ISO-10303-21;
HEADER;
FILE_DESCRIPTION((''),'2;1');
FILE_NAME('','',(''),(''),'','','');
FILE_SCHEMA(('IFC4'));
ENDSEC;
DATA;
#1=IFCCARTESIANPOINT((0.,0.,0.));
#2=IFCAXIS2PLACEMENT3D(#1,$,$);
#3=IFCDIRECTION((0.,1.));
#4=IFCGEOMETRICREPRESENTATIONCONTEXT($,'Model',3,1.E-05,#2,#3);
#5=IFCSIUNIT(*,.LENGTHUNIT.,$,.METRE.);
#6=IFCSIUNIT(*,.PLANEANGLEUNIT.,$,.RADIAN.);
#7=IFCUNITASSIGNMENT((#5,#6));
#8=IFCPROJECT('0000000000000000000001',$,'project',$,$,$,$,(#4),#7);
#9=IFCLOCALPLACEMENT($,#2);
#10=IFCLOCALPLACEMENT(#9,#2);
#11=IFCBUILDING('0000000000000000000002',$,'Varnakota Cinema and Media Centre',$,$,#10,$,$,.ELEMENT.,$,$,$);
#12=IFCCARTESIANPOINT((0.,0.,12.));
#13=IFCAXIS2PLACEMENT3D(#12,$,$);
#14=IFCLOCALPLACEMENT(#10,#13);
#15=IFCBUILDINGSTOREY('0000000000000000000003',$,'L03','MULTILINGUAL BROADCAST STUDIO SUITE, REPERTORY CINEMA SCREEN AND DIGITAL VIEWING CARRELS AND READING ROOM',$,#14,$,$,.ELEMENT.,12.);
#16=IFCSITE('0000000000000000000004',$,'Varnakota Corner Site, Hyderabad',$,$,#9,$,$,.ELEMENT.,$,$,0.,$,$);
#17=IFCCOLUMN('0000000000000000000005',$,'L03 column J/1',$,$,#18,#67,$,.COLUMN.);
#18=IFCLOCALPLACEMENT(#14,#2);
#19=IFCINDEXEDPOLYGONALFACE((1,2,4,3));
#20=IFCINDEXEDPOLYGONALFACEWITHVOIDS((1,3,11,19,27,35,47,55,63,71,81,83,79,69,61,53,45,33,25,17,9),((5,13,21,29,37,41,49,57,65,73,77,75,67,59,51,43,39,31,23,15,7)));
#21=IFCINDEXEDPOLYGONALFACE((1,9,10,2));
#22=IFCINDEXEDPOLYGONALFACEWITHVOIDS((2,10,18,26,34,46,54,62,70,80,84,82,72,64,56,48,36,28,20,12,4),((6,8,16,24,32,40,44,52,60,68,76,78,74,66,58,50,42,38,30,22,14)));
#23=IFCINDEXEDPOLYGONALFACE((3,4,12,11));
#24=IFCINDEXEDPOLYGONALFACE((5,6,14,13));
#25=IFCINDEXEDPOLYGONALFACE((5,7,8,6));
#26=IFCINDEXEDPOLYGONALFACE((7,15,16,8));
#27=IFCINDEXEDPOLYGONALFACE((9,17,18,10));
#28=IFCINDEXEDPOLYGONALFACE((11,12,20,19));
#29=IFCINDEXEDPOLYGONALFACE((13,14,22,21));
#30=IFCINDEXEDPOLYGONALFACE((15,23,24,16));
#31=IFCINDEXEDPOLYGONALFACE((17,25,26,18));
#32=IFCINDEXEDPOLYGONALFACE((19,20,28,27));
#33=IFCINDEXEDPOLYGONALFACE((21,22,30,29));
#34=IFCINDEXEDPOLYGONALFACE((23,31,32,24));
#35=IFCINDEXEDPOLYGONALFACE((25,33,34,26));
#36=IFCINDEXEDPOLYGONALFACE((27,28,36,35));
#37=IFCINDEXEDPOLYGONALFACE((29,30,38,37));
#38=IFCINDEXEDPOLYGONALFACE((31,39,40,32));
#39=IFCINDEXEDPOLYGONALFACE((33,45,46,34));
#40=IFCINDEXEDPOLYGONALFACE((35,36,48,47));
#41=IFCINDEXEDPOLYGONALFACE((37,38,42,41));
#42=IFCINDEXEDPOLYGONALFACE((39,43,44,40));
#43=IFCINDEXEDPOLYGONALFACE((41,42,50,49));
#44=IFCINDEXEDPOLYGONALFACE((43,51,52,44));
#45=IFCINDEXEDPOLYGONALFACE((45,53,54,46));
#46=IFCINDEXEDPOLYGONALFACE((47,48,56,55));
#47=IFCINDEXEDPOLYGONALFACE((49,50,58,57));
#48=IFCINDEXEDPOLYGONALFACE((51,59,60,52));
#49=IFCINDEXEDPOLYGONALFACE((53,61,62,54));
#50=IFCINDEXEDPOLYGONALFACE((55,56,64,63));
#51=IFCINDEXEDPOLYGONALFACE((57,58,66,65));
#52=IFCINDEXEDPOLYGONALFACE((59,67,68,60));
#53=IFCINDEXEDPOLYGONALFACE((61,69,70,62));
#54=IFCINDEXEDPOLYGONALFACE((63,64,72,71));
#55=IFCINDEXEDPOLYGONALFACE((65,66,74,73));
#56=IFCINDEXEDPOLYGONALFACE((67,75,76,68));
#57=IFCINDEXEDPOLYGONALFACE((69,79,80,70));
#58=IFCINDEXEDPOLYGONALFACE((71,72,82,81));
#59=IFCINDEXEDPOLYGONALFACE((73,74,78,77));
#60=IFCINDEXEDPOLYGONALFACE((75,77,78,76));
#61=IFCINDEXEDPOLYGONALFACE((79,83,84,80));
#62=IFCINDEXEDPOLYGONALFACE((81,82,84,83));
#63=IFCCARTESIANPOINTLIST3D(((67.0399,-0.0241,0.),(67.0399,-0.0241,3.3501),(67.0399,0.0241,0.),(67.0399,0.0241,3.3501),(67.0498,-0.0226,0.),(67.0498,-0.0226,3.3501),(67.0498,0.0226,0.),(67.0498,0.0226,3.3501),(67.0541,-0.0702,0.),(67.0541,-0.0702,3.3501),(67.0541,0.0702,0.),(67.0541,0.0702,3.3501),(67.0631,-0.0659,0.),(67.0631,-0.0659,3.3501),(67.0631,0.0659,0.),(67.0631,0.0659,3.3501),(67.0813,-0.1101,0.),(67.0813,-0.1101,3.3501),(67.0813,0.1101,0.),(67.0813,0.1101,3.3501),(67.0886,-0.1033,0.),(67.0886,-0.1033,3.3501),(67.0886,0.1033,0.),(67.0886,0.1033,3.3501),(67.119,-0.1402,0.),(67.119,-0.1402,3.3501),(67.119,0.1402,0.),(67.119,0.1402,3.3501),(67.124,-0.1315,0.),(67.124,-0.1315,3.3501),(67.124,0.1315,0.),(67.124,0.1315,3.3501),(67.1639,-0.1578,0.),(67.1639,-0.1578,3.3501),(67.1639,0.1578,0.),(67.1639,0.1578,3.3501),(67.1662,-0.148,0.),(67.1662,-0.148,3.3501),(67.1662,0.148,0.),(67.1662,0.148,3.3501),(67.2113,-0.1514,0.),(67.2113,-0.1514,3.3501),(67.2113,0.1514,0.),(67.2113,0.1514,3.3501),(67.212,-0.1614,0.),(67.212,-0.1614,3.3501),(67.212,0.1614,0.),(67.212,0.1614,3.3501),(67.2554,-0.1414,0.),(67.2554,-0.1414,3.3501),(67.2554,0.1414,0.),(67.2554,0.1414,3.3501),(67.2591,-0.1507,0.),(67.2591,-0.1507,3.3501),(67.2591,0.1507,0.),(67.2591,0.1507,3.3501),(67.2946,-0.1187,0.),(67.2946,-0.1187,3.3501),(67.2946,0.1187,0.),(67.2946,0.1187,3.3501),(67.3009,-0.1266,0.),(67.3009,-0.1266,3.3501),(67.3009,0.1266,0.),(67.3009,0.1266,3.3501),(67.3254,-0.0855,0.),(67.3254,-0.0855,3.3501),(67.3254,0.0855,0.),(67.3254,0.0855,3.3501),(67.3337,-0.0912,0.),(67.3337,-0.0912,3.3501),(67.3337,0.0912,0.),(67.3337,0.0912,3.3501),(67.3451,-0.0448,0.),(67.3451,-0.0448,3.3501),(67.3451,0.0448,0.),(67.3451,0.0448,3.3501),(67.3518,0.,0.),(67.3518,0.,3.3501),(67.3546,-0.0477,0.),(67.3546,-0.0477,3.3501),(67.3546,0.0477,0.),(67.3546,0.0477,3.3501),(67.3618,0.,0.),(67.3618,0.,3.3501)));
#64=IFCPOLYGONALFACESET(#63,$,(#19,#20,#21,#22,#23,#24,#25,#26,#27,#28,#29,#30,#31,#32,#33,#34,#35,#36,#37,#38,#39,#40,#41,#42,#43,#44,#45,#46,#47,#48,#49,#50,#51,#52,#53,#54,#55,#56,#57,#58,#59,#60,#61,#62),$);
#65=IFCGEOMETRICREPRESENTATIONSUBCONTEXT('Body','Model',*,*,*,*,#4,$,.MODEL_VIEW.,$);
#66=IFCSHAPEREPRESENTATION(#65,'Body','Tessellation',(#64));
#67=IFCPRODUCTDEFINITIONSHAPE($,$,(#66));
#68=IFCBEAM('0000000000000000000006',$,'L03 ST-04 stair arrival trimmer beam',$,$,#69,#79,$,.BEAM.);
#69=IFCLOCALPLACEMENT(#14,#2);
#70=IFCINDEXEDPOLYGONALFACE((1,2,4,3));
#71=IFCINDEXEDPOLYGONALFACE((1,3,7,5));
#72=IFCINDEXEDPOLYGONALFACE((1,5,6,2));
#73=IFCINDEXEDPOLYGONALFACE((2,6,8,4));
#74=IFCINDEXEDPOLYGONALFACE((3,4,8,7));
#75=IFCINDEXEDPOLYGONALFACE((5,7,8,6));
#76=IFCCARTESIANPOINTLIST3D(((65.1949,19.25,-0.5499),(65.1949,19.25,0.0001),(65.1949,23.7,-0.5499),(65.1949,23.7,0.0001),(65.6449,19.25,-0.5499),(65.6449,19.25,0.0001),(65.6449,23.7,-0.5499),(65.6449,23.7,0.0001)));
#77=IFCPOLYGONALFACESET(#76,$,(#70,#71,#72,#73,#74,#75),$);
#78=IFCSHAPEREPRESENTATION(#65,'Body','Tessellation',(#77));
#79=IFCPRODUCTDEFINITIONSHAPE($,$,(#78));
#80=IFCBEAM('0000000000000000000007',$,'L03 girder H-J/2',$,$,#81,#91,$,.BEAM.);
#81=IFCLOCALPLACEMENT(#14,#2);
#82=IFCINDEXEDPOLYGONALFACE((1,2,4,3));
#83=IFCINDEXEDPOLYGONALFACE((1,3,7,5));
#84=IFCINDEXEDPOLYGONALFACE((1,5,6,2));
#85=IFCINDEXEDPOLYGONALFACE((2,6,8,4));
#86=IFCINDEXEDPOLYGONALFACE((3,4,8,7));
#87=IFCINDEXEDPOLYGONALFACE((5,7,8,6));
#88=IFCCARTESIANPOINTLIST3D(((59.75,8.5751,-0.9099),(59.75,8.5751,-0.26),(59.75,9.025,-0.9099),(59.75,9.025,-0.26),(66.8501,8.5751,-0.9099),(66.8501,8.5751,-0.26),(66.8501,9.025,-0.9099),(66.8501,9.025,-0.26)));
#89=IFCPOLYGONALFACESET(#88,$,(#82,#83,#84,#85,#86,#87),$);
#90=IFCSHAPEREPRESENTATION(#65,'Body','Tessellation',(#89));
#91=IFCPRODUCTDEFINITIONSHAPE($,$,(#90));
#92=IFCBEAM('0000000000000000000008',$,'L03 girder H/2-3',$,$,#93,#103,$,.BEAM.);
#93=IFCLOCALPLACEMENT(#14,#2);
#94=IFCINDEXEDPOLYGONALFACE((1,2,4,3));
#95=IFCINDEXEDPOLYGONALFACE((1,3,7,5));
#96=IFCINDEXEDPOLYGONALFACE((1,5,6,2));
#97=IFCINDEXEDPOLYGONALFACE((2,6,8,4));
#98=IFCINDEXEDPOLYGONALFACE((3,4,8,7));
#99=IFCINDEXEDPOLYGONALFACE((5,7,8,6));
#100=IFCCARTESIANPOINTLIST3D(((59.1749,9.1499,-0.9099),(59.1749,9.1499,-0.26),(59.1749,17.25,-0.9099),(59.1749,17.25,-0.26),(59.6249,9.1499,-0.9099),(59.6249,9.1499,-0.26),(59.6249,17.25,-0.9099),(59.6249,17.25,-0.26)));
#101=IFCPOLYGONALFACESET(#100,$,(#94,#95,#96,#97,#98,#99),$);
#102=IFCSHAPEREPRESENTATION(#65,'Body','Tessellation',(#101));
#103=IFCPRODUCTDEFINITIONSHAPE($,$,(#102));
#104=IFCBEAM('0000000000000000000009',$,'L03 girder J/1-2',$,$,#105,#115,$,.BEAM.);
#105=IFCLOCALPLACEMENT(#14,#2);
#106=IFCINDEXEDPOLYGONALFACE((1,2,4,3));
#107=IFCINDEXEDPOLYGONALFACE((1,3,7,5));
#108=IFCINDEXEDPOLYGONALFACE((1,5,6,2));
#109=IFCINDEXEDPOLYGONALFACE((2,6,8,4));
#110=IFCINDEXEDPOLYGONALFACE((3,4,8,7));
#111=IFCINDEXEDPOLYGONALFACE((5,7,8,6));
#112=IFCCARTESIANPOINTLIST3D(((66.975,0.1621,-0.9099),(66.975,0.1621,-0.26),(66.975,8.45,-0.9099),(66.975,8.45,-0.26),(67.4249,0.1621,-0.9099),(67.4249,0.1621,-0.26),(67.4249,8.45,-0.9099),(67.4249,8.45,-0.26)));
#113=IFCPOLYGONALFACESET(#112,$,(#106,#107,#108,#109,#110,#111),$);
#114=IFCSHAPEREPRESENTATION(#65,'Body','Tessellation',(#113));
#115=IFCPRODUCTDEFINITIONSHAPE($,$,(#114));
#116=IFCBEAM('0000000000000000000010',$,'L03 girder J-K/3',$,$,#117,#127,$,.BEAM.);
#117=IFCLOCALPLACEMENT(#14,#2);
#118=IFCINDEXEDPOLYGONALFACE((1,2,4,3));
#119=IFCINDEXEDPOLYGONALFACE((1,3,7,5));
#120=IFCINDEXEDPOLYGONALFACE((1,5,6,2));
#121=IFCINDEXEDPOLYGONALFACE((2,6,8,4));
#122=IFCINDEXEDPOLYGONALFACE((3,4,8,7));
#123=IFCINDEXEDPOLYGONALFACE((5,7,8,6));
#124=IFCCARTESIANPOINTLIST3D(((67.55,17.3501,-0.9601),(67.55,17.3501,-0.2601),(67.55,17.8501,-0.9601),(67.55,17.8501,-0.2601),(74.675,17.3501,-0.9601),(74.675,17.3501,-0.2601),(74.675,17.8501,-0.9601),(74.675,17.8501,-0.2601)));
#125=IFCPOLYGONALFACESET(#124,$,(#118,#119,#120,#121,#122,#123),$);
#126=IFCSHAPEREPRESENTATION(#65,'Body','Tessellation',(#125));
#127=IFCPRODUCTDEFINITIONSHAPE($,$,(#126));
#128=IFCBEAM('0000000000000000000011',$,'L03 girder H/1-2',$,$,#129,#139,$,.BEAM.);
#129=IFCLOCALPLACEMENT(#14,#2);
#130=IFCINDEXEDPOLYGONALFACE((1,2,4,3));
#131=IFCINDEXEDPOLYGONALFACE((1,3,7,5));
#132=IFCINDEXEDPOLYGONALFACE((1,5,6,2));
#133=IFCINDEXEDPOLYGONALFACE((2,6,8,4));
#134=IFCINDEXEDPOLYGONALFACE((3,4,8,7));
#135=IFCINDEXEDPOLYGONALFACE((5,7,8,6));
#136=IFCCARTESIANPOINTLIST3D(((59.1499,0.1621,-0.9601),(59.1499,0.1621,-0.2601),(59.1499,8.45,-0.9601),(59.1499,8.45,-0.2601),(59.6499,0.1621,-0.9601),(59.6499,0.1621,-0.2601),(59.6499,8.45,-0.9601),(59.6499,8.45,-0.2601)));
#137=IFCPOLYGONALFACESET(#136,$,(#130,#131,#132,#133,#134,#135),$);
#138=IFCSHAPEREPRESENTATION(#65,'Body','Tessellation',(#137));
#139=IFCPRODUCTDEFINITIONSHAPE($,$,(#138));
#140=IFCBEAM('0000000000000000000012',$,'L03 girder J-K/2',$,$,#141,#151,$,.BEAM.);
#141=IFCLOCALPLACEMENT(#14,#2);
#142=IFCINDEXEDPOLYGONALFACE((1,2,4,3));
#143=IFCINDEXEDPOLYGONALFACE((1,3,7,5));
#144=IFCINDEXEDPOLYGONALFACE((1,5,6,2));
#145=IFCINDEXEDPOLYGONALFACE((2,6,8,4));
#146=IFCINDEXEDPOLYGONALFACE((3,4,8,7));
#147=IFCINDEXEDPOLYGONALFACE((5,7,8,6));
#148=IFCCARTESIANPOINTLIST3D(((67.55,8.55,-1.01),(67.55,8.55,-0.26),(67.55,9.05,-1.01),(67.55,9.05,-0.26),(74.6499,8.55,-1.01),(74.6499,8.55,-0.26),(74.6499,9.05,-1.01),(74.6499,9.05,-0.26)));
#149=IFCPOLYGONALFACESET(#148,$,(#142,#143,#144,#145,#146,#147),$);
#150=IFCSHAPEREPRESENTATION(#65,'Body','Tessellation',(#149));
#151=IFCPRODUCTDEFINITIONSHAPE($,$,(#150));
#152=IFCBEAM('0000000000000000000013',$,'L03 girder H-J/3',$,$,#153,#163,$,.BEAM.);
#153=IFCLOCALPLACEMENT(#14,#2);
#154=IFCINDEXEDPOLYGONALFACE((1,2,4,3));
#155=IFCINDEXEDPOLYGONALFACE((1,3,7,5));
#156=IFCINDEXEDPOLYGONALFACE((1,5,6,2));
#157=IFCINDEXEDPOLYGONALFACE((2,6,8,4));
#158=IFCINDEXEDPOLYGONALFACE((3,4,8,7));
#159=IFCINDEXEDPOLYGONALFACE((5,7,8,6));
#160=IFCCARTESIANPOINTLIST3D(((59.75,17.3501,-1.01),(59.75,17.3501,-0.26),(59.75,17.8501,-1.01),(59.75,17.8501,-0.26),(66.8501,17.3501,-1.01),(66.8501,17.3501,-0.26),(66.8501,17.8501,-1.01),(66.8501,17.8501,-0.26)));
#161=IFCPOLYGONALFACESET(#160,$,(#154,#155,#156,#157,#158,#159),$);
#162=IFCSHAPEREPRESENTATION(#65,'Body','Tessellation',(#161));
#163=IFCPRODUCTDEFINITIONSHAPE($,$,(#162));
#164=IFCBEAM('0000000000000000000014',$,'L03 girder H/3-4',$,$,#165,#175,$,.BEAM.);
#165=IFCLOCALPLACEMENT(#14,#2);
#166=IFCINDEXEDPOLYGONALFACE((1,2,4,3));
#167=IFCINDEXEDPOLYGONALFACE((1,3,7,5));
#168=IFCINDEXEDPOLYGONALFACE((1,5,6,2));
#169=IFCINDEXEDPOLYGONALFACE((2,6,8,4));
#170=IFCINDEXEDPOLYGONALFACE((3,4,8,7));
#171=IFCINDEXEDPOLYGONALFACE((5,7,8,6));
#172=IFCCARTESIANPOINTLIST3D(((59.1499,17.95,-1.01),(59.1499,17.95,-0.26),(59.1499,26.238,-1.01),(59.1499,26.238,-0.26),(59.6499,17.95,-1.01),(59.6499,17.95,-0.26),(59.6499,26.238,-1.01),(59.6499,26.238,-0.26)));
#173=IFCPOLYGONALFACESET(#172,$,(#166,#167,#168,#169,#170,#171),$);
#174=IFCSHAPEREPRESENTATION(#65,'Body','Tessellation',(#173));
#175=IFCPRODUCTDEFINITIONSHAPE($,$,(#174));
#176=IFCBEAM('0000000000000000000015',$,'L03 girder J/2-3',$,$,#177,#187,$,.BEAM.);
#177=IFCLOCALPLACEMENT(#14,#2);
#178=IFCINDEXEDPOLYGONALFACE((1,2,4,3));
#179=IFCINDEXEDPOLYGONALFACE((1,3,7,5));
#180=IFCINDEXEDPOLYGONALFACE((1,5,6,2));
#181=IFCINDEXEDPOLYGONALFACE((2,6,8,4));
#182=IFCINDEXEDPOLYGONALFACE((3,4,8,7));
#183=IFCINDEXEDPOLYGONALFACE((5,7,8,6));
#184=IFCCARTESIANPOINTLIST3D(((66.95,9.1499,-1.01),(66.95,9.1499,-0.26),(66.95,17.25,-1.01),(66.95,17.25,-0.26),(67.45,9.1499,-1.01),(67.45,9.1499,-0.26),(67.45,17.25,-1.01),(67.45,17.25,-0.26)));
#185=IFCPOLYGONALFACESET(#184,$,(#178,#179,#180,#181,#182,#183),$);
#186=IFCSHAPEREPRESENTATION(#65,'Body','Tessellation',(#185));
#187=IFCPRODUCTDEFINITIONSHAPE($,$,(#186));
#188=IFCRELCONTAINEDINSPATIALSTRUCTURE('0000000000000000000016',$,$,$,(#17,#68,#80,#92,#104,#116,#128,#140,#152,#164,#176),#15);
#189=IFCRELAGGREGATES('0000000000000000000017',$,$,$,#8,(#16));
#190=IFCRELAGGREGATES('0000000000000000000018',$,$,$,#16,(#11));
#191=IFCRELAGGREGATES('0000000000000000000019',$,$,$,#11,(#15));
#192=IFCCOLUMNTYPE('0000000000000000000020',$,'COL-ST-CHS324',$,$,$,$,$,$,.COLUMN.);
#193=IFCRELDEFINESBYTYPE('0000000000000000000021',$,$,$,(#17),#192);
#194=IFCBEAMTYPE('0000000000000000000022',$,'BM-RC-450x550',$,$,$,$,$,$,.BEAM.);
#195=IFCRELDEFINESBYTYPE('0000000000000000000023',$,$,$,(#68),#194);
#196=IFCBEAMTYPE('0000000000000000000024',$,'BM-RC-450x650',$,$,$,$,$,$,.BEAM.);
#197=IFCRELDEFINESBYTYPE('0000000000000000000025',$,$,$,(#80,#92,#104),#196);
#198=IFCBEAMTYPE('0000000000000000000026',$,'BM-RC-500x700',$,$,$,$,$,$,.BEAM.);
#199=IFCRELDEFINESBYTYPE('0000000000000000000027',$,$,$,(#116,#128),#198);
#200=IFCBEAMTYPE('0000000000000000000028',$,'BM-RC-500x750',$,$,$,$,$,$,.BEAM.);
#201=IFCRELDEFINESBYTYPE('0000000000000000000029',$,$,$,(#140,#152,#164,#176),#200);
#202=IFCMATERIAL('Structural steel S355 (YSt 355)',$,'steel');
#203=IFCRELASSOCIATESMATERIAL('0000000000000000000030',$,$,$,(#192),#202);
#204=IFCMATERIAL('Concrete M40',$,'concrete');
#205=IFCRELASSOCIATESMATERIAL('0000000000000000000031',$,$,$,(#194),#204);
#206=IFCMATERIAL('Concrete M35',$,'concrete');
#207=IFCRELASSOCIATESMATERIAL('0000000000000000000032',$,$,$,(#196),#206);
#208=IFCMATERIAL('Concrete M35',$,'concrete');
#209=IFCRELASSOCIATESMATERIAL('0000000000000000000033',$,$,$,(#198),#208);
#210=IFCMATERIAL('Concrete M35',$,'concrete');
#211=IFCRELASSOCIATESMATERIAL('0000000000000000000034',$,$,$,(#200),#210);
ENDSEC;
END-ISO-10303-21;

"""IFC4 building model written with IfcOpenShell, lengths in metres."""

from ifc_helpers import new_model, si_unit, direction, frame, origin, origin_2d, place, context, subcontext, project, spatial, rectangle, hollow_circle, extrude, material, material_profile, profile_set, type_object, element, save


model = new_model("IFC4")

# Units and contexts
model_context = context("Model", 3, precision=1e-05, world=origin(), true_north=direction((0.0, 1.0)))
body_context = subcontext(model_context, "Body", "Model", "MODEL_VIEW")
ifc_project = project(units=[si_unit("LENGTHUNIT", "METRE"), si_unit("PLANEANGLEUNIT", "RADIAN")], contexts=[model_context])

# Site, building, storey
site_placement = place(None, origin())
site = spatial("IfcSite", under=ifc_project, at=site_placement, Name="Varnakota Corner Site, Hyderabad", CompositionType="ELEMENT", RefElevation=0.0)
building_placement = place(site_placement, origin())
building = spatial("IfcBuilding", under=site, at=building_placement, Name="Varnakota Cinema and Media Centre", CompositionType="ELEMENT")
storey_placement = place(building_placement, frame((0.0, 0.0, 12.0)))
storey = spatial("IfcBuildingStorey", under=building, at=storey_placement, Name="L03", Description="MULTILINGUAL BROADCAST STUDIO SUITE, REPERTORY CINEMA SCREEN AND DIGITAL VIEWING CARRELS AND READING ROOM", CompositionType="ELEMENT", Elevation=12.0)

# Column
ifc_material_1 = material(Name="Structural steel S355 (YSt 355)", Category="steel")
ifc_material_profile_1 = material_profile(ifc_material_1, hollow_circle(Radius=0.1619, WallThickness=0.01, at=origin_2d()), Name="CHS 323.9x10.0")
ifc_profile_set_1 = profile_set([ifc_material_profile_1], Name="Structural steel S355 (YSt 355)")
column_type_1 = type_object("IfcColumnType", Name="COL-ST-CHS324", PredefinedType="COLUMN", material=ifc_profile_set_1)
column_placement = place(storey_placement, frame((67.2, 0.0, 0.0), z_axis=(0.0, 0.0, 1.0), x_axis=(1.0, 0.0, 0.0)))
element("IfcColumn", 1, at=column_placement, inside=storey, type_object=column_type_1, Name="L03 column J/1", PredefinedType="COLUMN", context=body_context, shape_type="SweptSolid", body=[
    extrude(hollow_circle(Radius=0.1619, WallThickness=0.01, at=origin_2d()), origin(), (0.0, 0.0, 1.0), 3.3501),
])

# Beams
ifc_material_2 = material(Name="Concrete M40", Category="concrete")
ifc_material_profile_2 = material_profile(ifc_material_2, rectangle(XDim=0.45, YDim=0.55, at=origin_2d()), Name="RCB 450x550")
ifc_profile_set_2 = profile_set([ifc_material_profile_2], Name="Concrete M40")
beam_type_1 = type_object("IfcBeamType", Name="BM-RC-450x550", PredefinedType="BEAM", material=ifc_profile_set_2)
beam_1_placement = place(storey_placement, frame((65.4199, 19.25, -0.2749), z_axis=(0.0, 1.0, 0.0), x_axis=(-1.0, 0.0, 0.0)))
element("IfcBeam", 2, at=beam_1_placement, inside=storey, type_object=beam_type_1, Name="L03 ST-04 stair arrival trimmer beam", PredefinedType="BEAM", context=body_context, shape_type="SweptSolid", body=[
    extrude(rectangle(XDim=0.45, YDim=0.55, at=origin_2d()), origin(), (0.0, 0.0, 1.0), 4.45),
])
ifc_material_3 = material(Name="Concrete M35", Category="concrete")
ifc_material_profile_3 = material_profile(ifc_material_3, rectangle(XDim=0.45, YDim=0.6499, at=origin_2d()), Name="RCB 450x650")
ifc_profile_set_3 = profile_set([ifc_material_profile_3], Name="Concrete M35")
beam_type_2 = type_object("IfcBeamType", Name="BM-RC-450x650", PredefinedType="BEAM", material=ifc_profile_set_3)
beam_2_placement = place(storey_placement, frame((59.75, 8.8, -0.585), z_axis=(1.0, 0.0, 0.0), x_axis=(0.0, 1.0, 0.0)))
element("IfcBeam", 3, at=beam_2_placement, inside=storey, type_object=beam_type_2, Name="L03 girder H-J/2", PredefinedType="BEAM", context=body_context, shape_type="SweptSolid", body=[
    extrude(rectangle(XDim=0.45, YDim=0.6499, at=origin_2d()), origin(), (0.0, 0.0, 1.0), 7.1001),
])
beam_3_placement = place(storey_placement, frame((59.3999, 9.1499, -0.585), z_axis=(0.0, 1.0, 0.0), x_axis=(-1.0, 0.0, 0.0)))
element("IfcBeam", 4, at=beam_3_placement, inside=storey, type_object=beam_type_2, Name="L03 girder H/2-3", PredefinedType="BEAM", context=body_context, shape_type="SweptSolid", body=[
    extrude(rectangle(XDim=0.45, YDim=0.6499, at=origin_2d()), origin(), (0.0, 0.0, 1.0), 8.1001),
])
beam_4_placement = place(storey_placement, frame((67.2, 0.1621, -0.585), z_axis=(0.0, 1.0, 0.0), x_axis=(-1.0, 0.0, 0.0)))
element("IfcBeam", 5, at=beam_4_placement, inside=storey, type_object=beam_type_2, Name="L03 girder J/1-2", PredefinedType="BEAM", context=body_context, shape_type="SweptSolid", body=[
    extrude(rectangle(XDim=0.45, YDim=0.6499, at=origin_2d()), origin(), (0.0, 0.0, 1.0), 8.2878),
])
ifc_material_4 = material(Name="Concrete M35", Category="concrete")
ifc_material_profile_4 = material_profile(ifc_material_4, rectangle(XDim=0.5, YDim=0.7, at=origin_2d()), Name="RCB 500x700")
ifc_profile_set_4 = profile_set([ifc_material_profile_4], Name="Concrete M35")
beam_type_3 = type_object("IfcBeamType", Name="BM-RC-500x700", PredefinedType="BEAM", material=ifc_profile_set_4)
beam_5_placement = place(storey_placement, frame((67.55, 17.6001, -0.6101), z_axis=(1.0, 0.0, 0.0), x_axis=(0.0, 1.0, 0.0)))
element("IfcBeam", 6, at=beam_5_placement, inside=storey, type_object=beam_type_3, Name="L03 girder J-K/3", PredefinedType="BEAM", context=body_context, shape_type="SweptSolid", body=[
    extrude(rectangle(XDim=0.5, YDim=0.7, at=origin_2d()), origin(), (0.0, 0.0, 1.0), 7.125),
])
beam_6_placement = place(storey_placement, frame((59.3999, 0.1621, -0.6101), z_axis=(0.0, 1.0, 0.0), x_axis=(-1.0, 0.0, 0.0)))
element("IfcBeam", 7, at=beam_6_placement, inside=storey, type_object=beam_type_3, Name="L03 girder H/1-2", PredefinedType="BEAM", context=body_context, shape_type="SweptSolid", body=[
    extrude(rectangle(XDim=0.5, YDim=0.7, at=origin_2d()), origin(), (0.0, 0.0, 1.0), 8.2878),
])
ifc_material_5 = material(Name="Concrete M35", Category="concrete")
ifc_material_profile_5 = material_profile(ifc_material_5, rectangle(XDim=0.5, YDim=0.75, at=origin_2d()), Name="RCB 500x750")
ifc_profile_set_5 = profile_set([ifc_material_profile_5], Name="Concrete M35")
beam_type_4 = type_object("IfcBeamType", Name="BM-RC-500x750", PredefinedType="BEAM", material=ifc_profile_set_5)
beam_7_placement = place(storey_placement, frame((67.55, 8.8, -0.635), z_axis=(1.0, 0.0, 0.0), x_axis=(0.0, 1.0, 0.0)))
element("IfcBeam", 8, at=beam_7_placement, inside=storey, type_object=beam_type_4, Name="L03 girder J-K/2", PredefinedType="BEAM", context=body_context, shape_type="SweptSolid", body=[
    extrude(rectangle(XDim=0.5, YDim=0.75, at=origin_2d()), origin(), (0.0, 0.0, 1.0), 7.0999),
])
beam_8_placement = place(storey_placement, frame((59.75, 17.6001, -0.635), z_axis=(1.0, 0.0, 0.0), x_axis=(0.0, 1.0, 0.0)))
element("IfcBeam", 9, at=beam_8_placement, inside=storey, type_object=beam_type_4, Name="L03 girder H-J/3", PredefinedType="BEAM", context=body_context, shape_type="SweptSolid", body=[
    extrude(rectangle(XDim=0.5, YDim=0.75, at=origin_2d()), origin(), (0.0, 0.0, 1.0), 7.1001),
])
beam_9_placement = place(storey_placement, frame((59.3999, 17.95, -0.635), z_axis=(0.0, 1.0, 0.0), x_axis=(-1.0, 0.0, 0.0)))
element("IfcBeam", 10, at=beam_9_placement, inside=storey, type_object=beam_type_4, Name="L03 girder H/3-4", PredefinedType="BEAM", context=body_context, shape_type="SweptSolid", body=[
    extrude(rectangle(XDim=0.5, YDim=0.75, at=origin_2d()), origin(), (0.0, 0.0, 1.0), 8.2881),
])
beam_10_placement = place(storey_placement, frame((67.2, 9.1499, -0.635), z_axis=(0.0, 1.0, 0.0), x_axis=(-1.0, 0.0, 0.0)))
element("IfcBeam", 11, at=beam_10_placement, inside=storey, type_object=beam_type_4, Name="L03 girder J/2-3", PredefinedType="BEAM", context=body_context, shape_type="SweptSolid", body=[
    extrude(rectangle(XDim=0.5, YDim=0.75, at=origin_2d()), origin(), (0.0, 0.0, 1.0), 8.1001),
])

save(model, "model.ifc")
